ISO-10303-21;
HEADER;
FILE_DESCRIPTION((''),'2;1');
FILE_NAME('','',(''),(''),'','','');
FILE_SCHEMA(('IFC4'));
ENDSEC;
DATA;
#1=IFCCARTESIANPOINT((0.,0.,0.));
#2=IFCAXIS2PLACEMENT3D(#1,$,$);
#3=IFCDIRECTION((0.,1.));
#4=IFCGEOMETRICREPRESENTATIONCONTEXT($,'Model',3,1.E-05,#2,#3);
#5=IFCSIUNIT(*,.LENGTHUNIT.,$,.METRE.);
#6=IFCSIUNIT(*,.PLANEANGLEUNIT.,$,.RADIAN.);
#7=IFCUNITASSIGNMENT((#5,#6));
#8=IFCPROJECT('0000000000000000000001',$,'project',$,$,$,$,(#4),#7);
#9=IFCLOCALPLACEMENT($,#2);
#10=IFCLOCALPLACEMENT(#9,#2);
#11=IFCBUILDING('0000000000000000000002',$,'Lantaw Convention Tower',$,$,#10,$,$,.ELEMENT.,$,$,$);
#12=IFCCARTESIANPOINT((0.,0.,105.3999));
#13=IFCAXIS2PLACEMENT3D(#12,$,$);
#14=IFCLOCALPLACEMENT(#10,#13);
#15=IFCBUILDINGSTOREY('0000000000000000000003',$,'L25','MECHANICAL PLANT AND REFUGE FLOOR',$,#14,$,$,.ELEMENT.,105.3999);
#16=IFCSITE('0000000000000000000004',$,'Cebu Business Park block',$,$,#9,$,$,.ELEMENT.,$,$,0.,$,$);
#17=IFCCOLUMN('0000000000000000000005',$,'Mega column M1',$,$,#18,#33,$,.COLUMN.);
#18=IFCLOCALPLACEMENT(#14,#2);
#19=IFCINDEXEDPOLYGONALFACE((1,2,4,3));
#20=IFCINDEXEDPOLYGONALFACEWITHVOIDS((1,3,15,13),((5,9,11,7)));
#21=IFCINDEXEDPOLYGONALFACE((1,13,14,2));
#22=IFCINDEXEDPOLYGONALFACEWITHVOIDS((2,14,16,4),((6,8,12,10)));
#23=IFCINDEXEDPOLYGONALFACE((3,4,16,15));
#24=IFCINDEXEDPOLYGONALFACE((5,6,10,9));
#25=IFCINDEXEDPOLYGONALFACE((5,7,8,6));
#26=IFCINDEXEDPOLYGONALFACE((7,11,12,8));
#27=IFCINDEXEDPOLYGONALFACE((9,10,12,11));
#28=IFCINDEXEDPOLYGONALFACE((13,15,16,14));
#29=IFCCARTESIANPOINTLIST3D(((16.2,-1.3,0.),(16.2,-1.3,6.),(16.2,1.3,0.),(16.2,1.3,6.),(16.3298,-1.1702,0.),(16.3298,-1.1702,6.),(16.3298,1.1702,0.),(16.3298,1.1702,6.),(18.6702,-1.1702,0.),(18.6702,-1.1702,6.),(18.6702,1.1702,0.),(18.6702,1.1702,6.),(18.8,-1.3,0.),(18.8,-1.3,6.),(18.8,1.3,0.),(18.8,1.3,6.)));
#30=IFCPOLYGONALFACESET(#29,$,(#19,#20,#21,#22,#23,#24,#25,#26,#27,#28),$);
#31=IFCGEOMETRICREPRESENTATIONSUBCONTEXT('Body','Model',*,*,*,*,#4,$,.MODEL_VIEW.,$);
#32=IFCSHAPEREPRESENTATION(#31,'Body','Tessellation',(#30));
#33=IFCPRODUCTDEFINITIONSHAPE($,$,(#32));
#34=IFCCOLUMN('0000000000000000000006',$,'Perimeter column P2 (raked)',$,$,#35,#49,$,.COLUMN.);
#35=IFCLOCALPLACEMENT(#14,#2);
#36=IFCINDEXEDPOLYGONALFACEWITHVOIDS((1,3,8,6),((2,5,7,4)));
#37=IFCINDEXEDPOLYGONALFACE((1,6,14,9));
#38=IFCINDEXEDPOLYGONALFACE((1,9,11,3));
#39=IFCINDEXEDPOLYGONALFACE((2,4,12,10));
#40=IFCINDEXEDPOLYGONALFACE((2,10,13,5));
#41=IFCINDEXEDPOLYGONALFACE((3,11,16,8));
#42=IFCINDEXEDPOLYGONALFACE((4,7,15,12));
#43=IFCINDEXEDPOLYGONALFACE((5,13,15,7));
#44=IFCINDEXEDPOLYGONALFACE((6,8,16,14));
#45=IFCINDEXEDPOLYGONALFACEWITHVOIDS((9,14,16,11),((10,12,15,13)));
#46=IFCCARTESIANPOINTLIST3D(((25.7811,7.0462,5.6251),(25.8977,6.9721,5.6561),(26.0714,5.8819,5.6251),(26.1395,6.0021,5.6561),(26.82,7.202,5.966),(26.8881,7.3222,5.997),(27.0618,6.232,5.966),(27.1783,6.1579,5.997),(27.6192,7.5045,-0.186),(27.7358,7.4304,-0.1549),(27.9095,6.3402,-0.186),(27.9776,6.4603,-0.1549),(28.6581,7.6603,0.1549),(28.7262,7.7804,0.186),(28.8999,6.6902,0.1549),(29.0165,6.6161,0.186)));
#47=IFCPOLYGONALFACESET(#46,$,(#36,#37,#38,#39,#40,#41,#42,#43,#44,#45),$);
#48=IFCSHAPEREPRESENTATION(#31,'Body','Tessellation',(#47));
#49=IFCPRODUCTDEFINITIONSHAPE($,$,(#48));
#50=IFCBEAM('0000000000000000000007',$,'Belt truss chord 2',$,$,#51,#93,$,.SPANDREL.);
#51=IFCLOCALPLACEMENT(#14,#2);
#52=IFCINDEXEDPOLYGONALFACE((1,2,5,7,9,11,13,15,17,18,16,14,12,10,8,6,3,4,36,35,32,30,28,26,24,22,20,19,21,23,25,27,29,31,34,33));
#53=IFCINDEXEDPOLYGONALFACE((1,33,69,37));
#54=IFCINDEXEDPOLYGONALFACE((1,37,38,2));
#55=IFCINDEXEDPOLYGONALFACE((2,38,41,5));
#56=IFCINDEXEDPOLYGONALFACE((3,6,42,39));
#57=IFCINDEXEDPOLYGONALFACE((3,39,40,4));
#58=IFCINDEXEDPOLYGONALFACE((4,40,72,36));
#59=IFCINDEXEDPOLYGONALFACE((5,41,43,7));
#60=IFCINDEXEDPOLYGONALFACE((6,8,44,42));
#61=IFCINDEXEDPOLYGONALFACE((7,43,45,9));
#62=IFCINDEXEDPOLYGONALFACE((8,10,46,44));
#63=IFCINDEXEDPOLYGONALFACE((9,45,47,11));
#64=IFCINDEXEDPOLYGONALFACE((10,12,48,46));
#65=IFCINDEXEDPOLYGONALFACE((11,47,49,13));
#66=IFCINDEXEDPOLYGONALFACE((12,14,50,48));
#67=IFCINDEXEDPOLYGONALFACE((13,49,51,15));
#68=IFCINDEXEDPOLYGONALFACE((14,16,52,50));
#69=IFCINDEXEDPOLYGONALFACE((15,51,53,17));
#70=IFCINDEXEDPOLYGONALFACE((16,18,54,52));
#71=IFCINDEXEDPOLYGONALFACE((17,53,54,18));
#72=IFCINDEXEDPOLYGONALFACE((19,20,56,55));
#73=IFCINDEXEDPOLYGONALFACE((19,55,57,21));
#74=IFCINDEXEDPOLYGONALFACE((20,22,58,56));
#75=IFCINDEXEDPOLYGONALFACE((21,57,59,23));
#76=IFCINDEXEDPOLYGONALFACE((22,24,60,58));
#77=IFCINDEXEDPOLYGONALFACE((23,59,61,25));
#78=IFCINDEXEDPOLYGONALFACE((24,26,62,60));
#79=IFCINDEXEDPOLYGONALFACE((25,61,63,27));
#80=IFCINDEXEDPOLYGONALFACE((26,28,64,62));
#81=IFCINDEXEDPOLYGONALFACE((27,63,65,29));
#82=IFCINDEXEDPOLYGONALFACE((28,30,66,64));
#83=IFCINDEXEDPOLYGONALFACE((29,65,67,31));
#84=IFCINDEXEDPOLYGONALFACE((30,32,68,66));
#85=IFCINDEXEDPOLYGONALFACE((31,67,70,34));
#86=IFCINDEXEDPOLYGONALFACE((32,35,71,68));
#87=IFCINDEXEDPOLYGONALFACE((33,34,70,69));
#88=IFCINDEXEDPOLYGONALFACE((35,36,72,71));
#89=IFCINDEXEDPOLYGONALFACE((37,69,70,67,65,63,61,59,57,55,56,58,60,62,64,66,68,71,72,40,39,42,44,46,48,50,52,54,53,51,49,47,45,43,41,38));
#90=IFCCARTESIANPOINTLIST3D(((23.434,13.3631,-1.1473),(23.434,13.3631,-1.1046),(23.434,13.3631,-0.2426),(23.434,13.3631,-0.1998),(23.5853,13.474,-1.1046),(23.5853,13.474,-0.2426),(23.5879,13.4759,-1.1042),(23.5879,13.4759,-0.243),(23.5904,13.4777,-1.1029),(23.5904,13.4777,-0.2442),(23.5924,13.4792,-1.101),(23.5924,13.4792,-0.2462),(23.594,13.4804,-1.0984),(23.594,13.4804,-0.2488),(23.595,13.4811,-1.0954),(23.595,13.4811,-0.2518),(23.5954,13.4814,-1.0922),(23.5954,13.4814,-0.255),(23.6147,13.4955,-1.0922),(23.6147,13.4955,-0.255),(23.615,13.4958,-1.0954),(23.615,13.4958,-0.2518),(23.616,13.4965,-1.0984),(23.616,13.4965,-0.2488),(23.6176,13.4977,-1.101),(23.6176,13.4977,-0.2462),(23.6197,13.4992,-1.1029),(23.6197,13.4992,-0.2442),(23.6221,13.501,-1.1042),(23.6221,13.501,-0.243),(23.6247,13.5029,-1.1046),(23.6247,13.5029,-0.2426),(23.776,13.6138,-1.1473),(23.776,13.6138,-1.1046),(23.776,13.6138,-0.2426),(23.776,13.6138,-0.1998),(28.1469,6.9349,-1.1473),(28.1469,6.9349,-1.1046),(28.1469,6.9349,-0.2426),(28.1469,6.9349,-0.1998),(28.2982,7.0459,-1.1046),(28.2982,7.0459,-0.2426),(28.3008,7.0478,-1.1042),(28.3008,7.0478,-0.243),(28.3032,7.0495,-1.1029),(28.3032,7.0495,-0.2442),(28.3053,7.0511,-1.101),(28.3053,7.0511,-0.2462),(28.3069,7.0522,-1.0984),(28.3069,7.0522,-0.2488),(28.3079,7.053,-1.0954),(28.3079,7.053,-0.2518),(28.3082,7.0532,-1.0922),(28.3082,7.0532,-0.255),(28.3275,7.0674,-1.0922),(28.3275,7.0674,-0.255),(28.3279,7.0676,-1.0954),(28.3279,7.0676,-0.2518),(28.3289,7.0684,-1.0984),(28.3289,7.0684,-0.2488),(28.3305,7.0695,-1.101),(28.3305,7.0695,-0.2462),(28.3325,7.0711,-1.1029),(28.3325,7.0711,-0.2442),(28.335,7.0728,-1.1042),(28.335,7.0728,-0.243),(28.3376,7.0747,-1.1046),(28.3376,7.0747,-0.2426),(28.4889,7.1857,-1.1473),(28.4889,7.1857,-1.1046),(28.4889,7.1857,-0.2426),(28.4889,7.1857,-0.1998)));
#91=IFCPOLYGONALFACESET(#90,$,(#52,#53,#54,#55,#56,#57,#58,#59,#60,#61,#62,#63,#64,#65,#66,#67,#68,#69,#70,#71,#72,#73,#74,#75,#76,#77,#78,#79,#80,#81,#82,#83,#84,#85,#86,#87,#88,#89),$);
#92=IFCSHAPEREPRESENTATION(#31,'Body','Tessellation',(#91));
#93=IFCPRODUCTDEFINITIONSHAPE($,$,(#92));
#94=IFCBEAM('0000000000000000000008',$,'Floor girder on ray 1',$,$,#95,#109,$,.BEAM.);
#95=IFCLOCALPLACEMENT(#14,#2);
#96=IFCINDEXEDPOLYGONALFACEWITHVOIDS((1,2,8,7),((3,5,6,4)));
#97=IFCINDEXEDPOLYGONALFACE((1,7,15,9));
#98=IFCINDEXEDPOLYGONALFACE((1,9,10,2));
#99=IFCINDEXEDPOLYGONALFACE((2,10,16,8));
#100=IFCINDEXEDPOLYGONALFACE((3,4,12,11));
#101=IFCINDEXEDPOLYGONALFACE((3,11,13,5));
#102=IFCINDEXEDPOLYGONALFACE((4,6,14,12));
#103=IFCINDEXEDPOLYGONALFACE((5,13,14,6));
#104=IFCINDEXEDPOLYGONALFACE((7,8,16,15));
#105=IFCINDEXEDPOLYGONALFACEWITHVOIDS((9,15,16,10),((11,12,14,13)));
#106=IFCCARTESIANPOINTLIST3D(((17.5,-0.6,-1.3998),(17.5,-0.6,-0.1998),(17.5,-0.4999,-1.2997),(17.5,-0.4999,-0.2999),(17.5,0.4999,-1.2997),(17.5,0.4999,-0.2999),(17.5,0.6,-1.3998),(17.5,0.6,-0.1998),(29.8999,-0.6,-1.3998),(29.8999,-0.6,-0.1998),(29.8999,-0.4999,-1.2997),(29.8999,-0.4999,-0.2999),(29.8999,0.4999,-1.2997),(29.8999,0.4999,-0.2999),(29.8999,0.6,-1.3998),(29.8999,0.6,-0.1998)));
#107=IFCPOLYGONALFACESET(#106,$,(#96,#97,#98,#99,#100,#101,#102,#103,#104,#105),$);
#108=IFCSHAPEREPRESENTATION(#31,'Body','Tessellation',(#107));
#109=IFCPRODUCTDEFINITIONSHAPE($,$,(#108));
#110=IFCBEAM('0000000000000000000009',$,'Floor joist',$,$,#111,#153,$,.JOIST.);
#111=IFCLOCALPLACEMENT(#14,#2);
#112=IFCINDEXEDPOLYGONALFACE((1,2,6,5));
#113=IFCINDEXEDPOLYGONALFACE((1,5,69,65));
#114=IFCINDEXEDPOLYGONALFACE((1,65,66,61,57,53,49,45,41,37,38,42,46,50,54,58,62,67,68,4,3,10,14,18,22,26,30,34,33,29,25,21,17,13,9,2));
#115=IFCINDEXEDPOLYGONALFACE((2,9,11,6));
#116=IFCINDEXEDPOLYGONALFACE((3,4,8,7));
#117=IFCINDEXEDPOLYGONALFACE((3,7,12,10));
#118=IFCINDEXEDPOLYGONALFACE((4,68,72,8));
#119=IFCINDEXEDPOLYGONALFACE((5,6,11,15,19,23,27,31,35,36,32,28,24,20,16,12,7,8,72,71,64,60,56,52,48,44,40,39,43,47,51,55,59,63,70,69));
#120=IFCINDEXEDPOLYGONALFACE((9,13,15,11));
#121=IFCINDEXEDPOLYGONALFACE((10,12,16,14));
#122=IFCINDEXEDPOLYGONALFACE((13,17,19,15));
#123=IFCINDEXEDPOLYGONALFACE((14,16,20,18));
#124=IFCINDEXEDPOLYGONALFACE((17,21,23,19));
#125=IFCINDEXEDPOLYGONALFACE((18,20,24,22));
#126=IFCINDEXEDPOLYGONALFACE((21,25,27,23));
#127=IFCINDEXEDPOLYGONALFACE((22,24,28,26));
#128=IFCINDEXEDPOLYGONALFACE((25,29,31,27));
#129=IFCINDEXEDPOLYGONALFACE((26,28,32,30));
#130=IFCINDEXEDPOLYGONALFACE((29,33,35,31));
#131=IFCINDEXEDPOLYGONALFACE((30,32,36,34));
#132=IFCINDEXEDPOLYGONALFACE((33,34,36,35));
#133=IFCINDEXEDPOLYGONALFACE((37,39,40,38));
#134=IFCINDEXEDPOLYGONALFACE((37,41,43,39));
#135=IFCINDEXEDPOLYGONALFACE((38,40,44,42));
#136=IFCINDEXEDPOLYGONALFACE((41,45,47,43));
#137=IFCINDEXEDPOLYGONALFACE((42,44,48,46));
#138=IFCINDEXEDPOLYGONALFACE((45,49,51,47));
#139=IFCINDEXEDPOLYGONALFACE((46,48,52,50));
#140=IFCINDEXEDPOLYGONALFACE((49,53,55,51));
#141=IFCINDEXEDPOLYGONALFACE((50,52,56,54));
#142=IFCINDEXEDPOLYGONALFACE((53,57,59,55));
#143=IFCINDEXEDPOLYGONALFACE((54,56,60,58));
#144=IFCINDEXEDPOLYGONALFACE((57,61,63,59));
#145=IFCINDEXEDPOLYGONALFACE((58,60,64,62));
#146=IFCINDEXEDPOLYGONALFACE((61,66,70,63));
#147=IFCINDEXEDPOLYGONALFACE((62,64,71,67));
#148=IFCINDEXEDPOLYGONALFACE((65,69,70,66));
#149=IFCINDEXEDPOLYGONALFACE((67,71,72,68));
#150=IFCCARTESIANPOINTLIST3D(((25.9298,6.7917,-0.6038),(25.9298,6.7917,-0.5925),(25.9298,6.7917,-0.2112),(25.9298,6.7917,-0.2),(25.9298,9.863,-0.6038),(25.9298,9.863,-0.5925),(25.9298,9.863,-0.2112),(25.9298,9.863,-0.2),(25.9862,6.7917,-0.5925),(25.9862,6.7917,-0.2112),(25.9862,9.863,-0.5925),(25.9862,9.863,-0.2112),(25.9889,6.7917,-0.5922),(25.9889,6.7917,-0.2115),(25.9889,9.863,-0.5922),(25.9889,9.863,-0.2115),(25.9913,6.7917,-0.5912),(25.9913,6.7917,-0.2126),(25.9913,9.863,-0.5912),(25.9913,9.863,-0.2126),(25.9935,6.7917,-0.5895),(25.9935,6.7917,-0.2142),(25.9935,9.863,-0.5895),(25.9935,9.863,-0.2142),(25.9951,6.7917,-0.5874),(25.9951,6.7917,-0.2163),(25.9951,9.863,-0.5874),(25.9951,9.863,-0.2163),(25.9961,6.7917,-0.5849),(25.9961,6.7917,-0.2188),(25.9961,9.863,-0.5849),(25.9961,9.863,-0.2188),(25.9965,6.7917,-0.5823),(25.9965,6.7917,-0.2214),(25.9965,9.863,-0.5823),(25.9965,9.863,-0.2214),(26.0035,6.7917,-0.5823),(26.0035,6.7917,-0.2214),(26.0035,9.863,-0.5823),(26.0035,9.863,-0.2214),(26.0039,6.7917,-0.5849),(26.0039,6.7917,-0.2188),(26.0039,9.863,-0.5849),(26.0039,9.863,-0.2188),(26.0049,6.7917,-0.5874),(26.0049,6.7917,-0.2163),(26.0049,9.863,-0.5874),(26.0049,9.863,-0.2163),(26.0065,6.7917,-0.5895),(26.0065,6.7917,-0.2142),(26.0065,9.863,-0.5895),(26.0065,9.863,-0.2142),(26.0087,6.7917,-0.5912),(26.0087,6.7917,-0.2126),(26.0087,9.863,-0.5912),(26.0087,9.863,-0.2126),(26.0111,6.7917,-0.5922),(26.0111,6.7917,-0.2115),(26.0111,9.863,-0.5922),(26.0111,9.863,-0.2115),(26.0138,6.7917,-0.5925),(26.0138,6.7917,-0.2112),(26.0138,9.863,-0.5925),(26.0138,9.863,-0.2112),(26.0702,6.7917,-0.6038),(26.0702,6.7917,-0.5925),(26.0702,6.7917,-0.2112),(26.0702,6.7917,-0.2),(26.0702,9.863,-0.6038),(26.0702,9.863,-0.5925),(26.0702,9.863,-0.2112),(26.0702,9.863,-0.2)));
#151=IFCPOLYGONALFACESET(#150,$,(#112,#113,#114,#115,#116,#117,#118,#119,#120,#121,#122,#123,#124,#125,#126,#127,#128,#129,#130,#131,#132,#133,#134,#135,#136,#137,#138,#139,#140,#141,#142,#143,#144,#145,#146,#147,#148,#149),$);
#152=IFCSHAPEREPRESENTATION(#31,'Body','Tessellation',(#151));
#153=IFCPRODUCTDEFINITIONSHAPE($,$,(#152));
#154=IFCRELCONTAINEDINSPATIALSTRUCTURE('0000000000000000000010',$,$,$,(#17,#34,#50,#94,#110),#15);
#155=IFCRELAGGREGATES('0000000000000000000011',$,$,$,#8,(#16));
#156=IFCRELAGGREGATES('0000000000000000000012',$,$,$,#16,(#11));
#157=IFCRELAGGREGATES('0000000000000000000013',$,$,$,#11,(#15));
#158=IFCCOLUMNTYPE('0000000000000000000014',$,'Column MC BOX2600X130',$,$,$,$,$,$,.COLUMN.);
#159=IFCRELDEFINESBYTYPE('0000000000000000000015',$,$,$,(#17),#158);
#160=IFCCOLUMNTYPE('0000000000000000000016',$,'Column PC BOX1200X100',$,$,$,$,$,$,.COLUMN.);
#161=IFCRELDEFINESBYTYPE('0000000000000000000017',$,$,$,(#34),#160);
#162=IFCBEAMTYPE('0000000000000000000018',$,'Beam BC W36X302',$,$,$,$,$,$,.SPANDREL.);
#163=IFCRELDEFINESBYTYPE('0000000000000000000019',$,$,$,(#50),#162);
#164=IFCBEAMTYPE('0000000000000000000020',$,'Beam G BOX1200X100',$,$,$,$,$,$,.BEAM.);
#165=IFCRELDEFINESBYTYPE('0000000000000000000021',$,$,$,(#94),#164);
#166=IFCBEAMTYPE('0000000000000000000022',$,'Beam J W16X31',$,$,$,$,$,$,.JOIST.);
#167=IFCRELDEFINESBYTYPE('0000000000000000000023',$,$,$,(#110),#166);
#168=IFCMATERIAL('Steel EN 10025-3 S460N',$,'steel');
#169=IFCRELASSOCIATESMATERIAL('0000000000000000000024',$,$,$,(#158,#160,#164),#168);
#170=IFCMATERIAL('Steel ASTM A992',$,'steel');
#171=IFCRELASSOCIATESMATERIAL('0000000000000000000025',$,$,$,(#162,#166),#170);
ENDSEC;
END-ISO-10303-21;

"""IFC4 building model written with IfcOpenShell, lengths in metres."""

from ifc_helpers import new_model, si_unit, direction, frame, origin, origin_2d, place, context, subcontext, project, spatial, rectangle, hollow_rectangle, i_section, extrude, material, material_profile, profile_set, type_object, element, save


model = new_model("IFC4")

# Units and contexts
model_context = context("Model", 3, precision=1e-05, world=origin(), true_north=direction((0.0, 1.0)))
body_context = subcontext(model_context, "Body", "Model", "MODEL_VIEW")
ifc_project = project(units=[si_unit("LENGTHUNIT", "METRE"), si_unit("PLANEANGLEUNIT", "RADIAN")], contexts=[model_context])

# Site, building, storey
site_placement = place(None, origin())
site = spatial("IfcSite", under=ifc_project, at=site_placement, Name="Cebu Business Park block", CompositionType="ELEMENT", RefElevation=0.0)
building_placement = place(site_placement, origin())
building = spatial("IfcBuilding", under=site, at=building_placement, Name="Lantaw Convention Tower", CompositionType="ELEMENT")
storey_placement = place(building_placement, frame((0.0, 0.0, 105.3999)))
storey = spatial("IfcBuildingStorey", under=building, at=storey_placement, Name="L25", Description="MECHANICAL PLANT AND REFUGE FLOOR", CompositionType="ELEMENT", Elevation=105.3999)

# Columns
ifc_material_1 = material(Name="Steel EN 10025-3 S460N", Category="steel")
ifc_material_profile_1 = material_profile(ifc_material_1, hollow_rectangle(XDim=2.6001, YDim=2.6001, WallThickness=0.1299, at=origin_2d()), Name="BOX2600X130")
ifc_material_2 = material(Name="Concrete C60/75", Category="concrete")
ifc_material_profile_2 = material_profile(ifc_material_2, rectangle(XDim=2.3401, YDim=2.3401, at=origin_2d()), Name="Concrete fill of BOX2600X130")
ifc_profile_set_1 = profile_set([ifc_material_profile_1, ifc_material_profile_2], Name="Steel EN 10025-3 S460N")
column_type_1 = type_object("IfcColumnType", Name="Column MC BOX2600X130", PredefinedType="COLUMN", material=ifc_profile_set_1)
column_1_placement = place(storey_placement, frame((17.5, 0.0, 0.0), z_axis=(0.0, 0.0, 1.0), x_axis=(1.0, 0.0, 0.0)))
element("IfcColumn", 1, at=column_1_placement, inside=storey, type_object=column_type_1, Name="Mega column M1", PredefinedType="COLUMN", context=body_context, shape_type="SweptSolid", body=[
    extrude(hollow_rectangle(XDim=2.6001, YDim=2.6001, WallThickness=0.1299, at=origin_2d()), origin(), (0.0, 0.0, 1.0), 6.0),
])
ifc_material_profile_3 = material_profile(ifc_material_1, hollow_rectangle(XDim=1.2, YDim=1.2, WallThickness=0.1001, at=origin_2d()), Name="BOX1200X100")
ifc_material_profile_4 = material_profile(ifc_material_2, rectangle(XDim=1.0, YDim=1.0, at=origin_2d()), Name="Concrete fill of BOX1200X100")
ifc_profile_set_2 = profile_set([ifc_material_profile_3, ifc_material_profile_4], Name="Steel EN 10025-3 S460N")
column_type_2 = type_object("IfcColumnType", Name="Column PC BOX1200X100", PredefinedType="COLUMN", material=ifc_profile_set_2)
column_2_placement = place(storey_placement, frame((28.3179, 7.0603, 0.0), z_axis=(-0.300741, -0.074975, 0.950754), x_axis=(0.241899, -0.970301, 0.0)))
element("IfcColumn", 2, at=column_2_placement, inside=storey, type_object=column_type_2, Name="Perimeter column P2 (raked)", PredefinedType="COLUMN", context=body_context, shape_type="SweptSolid", body=[
    extrude(hollow_rectangle(XDim=1.2, YDim=1.2, WallThickness=0.1001, at=origin_2d()), origin(), (0.0, 0.0, 1.0), 6.1121),
])

# Beams
ifc_material_3 = material(Name="Steel ASTM A992", Category="steel")
ifc_material_profile_5 = material_profile(ifc_material_3, i_section(OverallWidth=0.4241, OverallDepth=0.9475, WebThickness=0.0239, FlangeThickness=0.0427, FilletRadius=0.0125, at=origin_2d()), Name="W36X302")
ifc_profile_set_3 = profile_set([ifc_material_profile_5], Name="Steel ASTM A992")
beam_type_1 = type_object("IfcBeamType", Name="Beam BC W36X302", PredefinedType="SPANDREL", material=ifc_profile_set_3)
beam_1_placement = place(storey_placement, frame((28.3179, 7.0603, -0.6736), z_axis=(-0.591271, 0.806473, 0.0), x_axis=(-0.806473, -0.591271, 0.0)))
element("IfcBeam", 3, at=beam_1_placement, inside=storey, type_object=beam_type_1, Name="Belt truss chord 2", PredefinedType="SPANDREL", context=body_context, shape_type="SweptSolid", body=[
    extrude(i_section(OverallWidth=0.4241, OverallDepth=0.9475, WebThickness=0.0239, FlangeThickness=0.0427, FilletRadius=0.0125, at=origin_2d()), origin(), (0.0, 0.0, 1.0), 7.9707),
])
ifc_material_profile_6 = material_profile(ifc_material_1, hollow_rectangle(XDim=1.2, YDim=1.2, WallThickness=0.1001, at=origin_2d()), Name="BOX1200X100")
ifc_profile_set_4 = profile_set([ifc_material_profile_6], Name="Steel EN 10025-3 S460N")
beam_type_2 = type_object("IfcBeamType", Name="Beam G BOX1200X100", PredefinedType="BEAM", material=ifc_profile_set_4)
beam_2_placement = place(storey_placement, frame((17.5, 0.0, -0.7998), z_axis=(1.0, 0.0, 0.0), x_axis=(0.0, 1.0, 0.0)))
element("IfcBeam", 4, at=beam_2_placement, inside=storey, type_object=beam_type_2, Name="Floor girder on ray 1", PredefinedType="BEAM", context=body_context, shape_type="SweptSolid", body=[
    extrude(hollow_rectangle(XDim=1.2, YDim=1.2, WallThickness=0.1001, at=origin_2d()), origin(), (0.0, 0.0, 1.0), 12.3999),
])
ifc_material_profile_7 = material_profile(ifc_material_3, i_section(OverallWidth=0.1404, OverallDepth=0.4038, WebThickness=0.0071, FlangeThickness=0.0112, FilletRadius=0.0103, at=origin_2d()), Name="W16X31")
ifc_profile_set_5 = profile_set([ifc_material_profile_7], Name="Steel ASTM A992")
beam_type_3 = type_object("IfcBeamType", Name="Beam J W16X31", PredefinedType="JOIST", material=ifc_profile_set_5)
beam_3_placement = place(storey_placement, frame((26.0, 6.7917, -0.4019), z_axis=(0.0, 1.0, 0.0), x_axis=(-1.0, 0.0, 0.0)))
element("IfcBeam", 5, at=beam_3_placement, inside=storey, type_object=beam_type_3, Name="Floor joist", PredefinedType="JOIST", context=body_context, shape_type="SweptSolid", body=[
    extrude(i_section(OverallWidth=0.1404, OverallDepth=0.4038, WebThickness=0.0071, FlangeThickness=0.0112, FilletRadius=0.0103, at=origin_2d()), origin(), (0.0, 0.0, 1.0), 3.0713),
])

save(model, "model.ifc")
